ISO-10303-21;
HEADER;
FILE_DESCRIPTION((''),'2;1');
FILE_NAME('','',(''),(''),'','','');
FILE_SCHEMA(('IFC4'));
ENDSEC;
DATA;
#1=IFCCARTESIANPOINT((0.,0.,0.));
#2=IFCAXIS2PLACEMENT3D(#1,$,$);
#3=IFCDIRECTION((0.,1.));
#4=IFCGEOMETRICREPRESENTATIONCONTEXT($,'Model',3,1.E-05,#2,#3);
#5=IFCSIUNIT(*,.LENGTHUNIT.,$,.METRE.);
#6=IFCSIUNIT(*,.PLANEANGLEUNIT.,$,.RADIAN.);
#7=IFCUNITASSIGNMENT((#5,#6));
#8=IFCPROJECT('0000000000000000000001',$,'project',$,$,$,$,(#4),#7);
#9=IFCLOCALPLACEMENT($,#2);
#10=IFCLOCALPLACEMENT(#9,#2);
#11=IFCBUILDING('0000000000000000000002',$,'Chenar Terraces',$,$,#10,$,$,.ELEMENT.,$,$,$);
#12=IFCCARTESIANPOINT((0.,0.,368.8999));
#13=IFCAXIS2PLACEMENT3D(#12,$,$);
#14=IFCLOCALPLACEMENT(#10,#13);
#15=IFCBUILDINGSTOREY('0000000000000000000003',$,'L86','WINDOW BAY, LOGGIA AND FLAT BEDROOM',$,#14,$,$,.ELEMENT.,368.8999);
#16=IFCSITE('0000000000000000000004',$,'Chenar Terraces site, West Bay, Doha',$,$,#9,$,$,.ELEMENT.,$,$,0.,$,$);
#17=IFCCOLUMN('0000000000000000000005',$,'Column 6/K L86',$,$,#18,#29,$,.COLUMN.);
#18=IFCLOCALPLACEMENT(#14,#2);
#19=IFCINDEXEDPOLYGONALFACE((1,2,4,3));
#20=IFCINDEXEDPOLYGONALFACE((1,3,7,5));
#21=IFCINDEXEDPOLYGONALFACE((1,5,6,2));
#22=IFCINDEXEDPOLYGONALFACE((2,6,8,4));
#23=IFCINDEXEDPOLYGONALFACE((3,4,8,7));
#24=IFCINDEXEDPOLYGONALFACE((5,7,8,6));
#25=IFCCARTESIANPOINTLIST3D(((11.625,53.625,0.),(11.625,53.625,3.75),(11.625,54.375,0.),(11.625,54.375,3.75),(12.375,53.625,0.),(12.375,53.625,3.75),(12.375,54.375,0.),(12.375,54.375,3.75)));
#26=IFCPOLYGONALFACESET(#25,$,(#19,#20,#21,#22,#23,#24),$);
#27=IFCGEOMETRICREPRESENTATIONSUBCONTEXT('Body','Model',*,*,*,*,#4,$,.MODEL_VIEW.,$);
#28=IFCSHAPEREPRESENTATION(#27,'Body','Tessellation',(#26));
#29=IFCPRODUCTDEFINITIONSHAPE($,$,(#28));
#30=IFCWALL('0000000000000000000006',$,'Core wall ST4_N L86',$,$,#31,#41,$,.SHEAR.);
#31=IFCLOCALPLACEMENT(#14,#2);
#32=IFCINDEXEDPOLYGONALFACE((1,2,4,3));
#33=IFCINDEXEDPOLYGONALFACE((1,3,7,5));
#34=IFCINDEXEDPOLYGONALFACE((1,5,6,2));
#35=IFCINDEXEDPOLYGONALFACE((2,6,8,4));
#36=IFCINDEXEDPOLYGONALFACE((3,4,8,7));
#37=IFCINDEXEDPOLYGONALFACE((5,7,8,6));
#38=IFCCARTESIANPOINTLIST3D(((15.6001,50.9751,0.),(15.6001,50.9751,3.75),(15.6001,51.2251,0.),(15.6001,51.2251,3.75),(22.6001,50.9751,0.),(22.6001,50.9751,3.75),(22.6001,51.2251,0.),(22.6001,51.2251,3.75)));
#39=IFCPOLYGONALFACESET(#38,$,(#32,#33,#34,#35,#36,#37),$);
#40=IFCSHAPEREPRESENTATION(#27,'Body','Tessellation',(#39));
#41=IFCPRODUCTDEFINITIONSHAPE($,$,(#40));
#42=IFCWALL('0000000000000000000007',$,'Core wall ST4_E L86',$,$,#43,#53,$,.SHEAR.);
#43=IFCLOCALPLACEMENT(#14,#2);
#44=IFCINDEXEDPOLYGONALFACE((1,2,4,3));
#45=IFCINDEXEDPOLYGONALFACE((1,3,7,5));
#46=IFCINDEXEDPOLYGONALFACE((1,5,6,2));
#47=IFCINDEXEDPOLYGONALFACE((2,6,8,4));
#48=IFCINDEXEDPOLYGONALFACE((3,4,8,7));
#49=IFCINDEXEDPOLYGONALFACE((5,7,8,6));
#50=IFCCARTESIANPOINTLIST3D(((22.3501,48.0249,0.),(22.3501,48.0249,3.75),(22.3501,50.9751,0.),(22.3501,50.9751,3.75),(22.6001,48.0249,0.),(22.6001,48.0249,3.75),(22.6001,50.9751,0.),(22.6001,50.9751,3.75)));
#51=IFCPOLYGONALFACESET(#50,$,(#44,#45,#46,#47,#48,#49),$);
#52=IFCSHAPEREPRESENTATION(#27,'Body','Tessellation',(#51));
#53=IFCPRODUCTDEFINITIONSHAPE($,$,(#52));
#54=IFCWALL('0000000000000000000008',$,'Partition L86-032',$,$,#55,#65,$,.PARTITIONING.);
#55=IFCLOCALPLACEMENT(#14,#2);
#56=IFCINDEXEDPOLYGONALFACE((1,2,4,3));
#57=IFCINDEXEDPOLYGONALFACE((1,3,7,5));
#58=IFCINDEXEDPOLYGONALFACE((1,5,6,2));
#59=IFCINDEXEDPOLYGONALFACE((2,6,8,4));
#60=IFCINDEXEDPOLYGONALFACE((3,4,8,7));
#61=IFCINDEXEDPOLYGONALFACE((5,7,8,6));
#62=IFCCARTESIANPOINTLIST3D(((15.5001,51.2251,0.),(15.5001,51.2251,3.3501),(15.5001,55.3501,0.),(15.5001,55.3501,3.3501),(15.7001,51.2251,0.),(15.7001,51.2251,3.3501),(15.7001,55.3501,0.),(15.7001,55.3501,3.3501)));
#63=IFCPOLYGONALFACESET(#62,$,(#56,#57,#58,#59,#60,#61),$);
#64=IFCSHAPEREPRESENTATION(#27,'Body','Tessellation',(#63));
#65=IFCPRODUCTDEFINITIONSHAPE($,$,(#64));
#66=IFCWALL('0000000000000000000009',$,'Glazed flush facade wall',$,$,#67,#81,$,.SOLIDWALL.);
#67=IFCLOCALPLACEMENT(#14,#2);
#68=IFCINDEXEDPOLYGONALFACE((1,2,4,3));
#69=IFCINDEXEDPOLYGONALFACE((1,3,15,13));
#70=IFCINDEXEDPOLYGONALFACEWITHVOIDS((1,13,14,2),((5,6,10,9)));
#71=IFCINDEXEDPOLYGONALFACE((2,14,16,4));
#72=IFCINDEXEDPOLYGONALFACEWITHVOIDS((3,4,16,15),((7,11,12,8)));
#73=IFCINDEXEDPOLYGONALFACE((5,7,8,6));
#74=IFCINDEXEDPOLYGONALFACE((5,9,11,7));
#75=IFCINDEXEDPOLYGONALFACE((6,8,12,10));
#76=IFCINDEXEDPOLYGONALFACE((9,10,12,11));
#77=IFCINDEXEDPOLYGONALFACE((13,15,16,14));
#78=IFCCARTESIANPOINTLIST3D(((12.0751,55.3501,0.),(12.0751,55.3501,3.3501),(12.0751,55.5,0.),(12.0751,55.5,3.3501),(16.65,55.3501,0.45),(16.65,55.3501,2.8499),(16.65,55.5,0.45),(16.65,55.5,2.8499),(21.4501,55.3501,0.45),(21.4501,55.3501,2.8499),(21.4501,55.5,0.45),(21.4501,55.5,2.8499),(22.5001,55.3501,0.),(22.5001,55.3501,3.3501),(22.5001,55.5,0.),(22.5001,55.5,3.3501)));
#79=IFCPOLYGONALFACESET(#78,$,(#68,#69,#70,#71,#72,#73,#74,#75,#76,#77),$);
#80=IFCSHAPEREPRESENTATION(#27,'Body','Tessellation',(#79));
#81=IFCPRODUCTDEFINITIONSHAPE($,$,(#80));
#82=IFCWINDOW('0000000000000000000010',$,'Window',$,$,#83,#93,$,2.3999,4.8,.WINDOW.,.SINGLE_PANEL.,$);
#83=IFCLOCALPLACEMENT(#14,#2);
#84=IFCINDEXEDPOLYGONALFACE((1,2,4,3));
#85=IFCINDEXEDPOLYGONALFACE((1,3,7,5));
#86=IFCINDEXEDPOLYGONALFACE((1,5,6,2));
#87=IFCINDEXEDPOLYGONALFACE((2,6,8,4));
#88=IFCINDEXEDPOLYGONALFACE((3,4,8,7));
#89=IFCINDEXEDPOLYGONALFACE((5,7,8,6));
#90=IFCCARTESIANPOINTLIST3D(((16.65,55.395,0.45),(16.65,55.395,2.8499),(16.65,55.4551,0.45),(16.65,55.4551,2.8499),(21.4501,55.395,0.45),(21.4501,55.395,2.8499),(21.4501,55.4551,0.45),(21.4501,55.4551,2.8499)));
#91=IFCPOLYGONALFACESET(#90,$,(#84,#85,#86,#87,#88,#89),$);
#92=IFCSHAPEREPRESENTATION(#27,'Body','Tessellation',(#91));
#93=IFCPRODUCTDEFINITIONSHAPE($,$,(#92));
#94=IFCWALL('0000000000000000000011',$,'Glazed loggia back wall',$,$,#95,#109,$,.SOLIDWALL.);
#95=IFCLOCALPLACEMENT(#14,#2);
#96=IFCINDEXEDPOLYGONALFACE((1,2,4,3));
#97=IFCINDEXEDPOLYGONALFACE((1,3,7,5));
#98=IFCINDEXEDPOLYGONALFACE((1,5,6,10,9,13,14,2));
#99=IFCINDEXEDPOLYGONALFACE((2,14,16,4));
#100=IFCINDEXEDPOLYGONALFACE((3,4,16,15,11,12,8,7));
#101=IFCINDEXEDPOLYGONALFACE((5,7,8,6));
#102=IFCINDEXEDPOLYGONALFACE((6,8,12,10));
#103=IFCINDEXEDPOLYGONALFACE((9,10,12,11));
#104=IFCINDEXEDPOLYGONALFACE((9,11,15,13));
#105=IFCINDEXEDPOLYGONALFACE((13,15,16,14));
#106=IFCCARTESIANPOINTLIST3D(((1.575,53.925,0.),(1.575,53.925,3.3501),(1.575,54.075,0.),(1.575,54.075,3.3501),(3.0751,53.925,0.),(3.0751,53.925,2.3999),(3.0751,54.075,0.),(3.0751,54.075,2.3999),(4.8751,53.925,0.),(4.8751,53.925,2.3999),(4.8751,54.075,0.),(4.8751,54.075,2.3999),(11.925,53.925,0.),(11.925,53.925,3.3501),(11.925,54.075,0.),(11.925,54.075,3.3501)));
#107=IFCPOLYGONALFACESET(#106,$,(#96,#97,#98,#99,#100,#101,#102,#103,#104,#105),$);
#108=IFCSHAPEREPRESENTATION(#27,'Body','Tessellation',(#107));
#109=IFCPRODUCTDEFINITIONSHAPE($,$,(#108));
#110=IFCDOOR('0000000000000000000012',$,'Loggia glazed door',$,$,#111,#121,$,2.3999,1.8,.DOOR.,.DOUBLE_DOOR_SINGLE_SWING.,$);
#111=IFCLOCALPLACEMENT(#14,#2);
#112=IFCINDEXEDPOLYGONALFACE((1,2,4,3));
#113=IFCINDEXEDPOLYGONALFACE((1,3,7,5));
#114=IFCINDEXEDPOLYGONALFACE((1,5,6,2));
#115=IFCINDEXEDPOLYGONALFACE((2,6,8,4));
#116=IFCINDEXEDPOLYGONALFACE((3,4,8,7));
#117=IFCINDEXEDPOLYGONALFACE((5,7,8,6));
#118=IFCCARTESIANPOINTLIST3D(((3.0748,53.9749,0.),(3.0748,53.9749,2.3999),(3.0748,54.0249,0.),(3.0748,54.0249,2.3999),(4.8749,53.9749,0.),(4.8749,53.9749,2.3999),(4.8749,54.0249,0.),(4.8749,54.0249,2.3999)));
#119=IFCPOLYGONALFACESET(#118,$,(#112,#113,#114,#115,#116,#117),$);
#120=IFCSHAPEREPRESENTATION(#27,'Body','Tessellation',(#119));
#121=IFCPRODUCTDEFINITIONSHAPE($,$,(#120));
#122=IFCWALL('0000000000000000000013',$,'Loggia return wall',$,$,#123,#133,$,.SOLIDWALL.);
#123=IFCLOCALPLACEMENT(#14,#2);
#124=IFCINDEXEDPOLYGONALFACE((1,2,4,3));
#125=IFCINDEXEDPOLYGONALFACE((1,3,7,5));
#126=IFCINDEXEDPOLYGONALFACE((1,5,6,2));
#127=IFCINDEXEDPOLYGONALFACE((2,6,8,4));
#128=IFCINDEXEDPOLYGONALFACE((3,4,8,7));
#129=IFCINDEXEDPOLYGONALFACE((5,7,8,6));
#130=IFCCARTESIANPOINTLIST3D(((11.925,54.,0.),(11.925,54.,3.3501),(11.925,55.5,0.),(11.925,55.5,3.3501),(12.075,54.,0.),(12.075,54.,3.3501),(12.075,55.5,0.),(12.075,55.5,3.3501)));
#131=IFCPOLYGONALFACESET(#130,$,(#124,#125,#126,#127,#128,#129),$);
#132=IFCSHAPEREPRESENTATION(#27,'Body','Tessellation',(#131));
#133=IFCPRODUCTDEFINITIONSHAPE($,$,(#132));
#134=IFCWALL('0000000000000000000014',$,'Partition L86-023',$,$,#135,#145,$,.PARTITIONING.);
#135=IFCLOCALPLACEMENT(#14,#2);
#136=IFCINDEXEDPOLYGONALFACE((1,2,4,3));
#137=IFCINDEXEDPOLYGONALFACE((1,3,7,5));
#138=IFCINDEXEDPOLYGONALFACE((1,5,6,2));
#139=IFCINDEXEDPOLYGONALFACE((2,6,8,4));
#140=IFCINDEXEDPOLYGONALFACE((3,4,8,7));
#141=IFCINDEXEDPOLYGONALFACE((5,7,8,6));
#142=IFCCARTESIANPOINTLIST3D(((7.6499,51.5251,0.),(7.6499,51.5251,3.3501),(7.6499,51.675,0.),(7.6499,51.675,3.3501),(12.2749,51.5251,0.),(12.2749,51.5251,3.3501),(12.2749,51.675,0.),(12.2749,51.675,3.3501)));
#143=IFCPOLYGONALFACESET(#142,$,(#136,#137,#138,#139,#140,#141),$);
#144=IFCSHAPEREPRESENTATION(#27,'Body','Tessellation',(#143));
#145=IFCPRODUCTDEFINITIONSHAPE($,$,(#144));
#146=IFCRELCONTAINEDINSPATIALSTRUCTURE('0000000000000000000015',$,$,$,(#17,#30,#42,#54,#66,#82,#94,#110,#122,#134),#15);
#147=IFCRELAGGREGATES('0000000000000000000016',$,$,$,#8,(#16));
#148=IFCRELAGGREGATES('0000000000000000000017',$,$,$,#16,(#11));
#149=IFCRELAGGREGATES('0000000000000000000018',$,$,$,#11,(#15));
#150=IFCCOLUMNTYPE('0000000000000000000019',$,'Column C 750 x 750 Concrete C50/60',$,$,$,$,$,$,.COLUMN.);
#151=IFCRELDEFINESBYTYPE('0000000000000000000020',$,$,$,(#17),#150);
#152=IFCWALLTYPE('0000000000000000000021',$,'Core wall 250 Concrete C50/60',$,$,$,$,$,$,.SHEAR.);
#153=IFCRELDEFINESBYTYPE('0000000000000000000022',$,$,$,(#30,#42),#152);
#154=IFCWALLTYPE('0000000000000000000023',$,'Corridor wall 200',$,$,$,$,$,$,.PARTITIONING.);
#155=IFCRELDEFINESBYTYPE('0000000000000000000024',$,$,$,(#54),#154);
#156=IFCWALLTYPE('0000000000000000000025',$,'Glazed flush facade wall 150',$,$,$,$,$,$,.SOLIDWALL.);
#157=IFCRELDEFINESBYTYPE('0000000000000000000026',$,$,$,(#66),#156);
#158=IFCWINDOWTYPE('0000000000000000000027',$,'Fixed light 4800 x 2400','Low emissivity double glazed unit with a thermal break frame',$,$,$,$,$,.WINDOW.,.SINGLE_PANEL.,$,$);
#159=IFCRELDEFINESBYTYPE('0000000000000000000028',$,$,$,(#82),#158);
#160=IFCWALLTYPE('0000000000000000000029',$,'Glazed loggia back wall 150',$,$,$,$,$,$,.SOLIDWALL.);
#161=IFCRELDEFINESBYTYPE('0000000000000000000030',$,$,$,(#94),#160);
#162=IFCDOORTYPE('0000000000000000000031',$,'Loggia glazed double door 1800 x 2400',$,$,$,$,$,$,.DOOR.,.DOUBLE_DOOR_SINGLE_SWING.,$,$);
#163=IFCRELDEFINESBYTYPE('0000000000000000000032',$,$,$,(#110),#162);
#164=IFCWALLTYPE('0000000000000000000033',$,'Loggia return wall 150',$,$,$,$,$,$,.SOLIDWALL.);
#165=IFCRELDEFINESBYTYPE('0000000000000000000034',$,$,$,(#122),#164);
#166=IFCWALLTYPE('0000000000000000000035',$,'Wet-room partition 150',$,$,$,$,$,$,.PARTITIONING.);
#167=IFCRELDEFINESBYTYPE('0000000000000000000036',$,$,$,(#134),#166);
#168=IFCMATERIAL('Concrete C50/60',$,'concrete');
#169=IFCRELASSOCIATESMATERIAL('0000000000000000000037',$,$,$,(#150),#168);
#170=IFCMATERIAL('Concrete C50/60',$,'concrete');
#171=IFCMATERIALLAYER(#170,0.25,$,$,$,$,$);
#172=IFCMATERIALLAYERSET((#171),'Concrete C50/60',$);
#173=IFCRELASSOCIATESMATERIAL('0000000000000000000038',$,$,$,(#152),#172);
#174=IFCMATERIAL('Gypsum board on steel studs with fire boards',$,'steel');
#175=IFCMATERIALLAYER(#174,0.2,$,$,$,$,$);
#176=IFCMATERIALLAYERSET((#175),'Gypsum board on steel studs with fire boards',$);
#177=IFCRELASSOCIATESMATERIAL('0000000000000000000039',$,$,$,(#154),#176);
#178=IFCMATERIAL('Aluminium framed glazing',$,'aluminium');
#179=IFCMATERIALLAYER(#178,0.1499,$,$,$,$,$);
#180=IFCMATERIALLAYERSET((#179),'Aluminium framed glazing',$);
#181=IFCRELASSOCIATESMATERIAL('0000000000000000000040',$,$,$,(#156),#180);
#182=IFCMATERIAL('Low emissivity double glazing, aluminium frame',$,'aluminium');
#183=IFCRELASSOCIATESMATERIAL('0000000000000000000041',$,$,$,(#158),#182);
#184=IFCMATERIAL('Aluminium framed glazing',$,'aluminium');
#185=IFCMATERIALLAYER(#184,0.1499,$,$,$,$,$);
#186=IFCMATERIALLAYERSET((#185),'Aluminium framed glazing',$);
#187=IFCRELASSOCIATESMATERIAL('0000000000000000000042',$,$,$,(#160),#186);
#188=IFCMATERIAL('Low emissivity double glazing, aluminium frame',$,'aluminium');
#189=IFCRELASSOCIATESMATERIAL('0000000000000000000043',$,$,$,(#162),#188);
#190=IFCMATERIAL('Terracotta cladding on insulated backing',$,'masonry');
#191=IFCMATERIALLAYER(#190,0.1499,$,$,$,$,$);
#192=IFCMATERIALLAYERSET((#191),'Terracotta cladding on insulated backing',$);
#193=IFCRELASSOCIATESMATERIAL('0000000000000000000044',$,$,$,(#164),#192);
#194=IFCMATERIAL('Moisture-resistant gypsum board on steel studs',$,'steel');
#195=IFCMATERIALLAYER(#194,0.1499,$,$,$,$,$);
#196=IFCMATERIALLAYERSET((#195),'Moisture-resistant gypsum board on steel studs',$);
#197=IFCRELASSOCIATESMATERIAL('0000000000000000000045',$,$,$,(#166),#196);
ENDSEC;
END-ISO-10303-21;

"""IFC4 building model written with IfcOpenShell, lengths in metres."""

from ifc_helpers import new_model, si_unit, direction, frame, frame_2d, origin, origin_2d, place, context, subcontext, project, spatial, rectangle, extrude, material, layer, layer_set, material_profile, profile_set, type_object, element, fill, save


model = new_model("IFC4")

# Units and contexts
model_context = context("Model", 3, precision=1e-05, world=origin(), true_north=direction((0.0, 1.0)))
body_context = subcontext(model_context, "Body", "Model", "MODEL_VIEW")
ifc_project = project(units=[si_unit("LENGTHUNIT", "METRE"), si_unit("PLANEANGLEUNIT", "RADIAN")], contexts=[model_context])

# Site, building, storey
site_placement = place(None, origin())
site = spatial("IfcSite", under=ifc_project, at=site_placement, Name="Chenar Terraces site, West Bay, Doha", CompositionType="ELEMENT", RefElevation=0.0)
building_placement = place(site_placement, origin())
building = spatial("IfcBuilding", under=site, at=building_placement, Name="Chenar Terraces", CompositionType="ELEMENT")
storey_placement = place(building_placement, frame((0.0, 0.0, 368.8999)))
storey = spatial("IfcBuildingStorey", under=building, at=storey_placement, Name="L86", Description="WINDOW BAY, LOGGIA AND FLAT BEDROOM", CompositionType="ELEMENT", Elevation=368.8999)

# Column
ifc_material_1 = material(Name="Concrete C50/60", Category="concrete")
ifc_material_profile_1 = material_profile(ifc_material_1, rectangle(XDim=0.75, YDim=0.75, at=origin_2d()), Name="C 750 x 750")
ifc_profile_set_1 = profile_set([ifc_material_profile_1], Name="Concrete C50/60")
column_type = type_object("IfcColumnType", Name="Column C 750 x 750 Concrete C50/60", PredefinedType="COLUMN", material=ifc_profile_set_1)
column_placement = place(storey_placement, frame((12.0, 54.0, 0.0), z_axis=(0.0, 0.0, 1.0), x_axis=(1.0, 0.0, 0.0)))
element("IfcColumn", 1, at=column_placement, inside=storey, type_object=column_type, Name="Column 6/K L86", PredefinedType="COLUMN", context=body_context, shape_type="SweptSolid", body=[
    extrude(rectangle(XDim=0.75, YDim=0.75, at=origin_2d()), origin(), (0.0, 0.0, 1.0), 3.75),
])

# Walls
ifc_material_2 = material(Name="Concrete C50/60", Category="concrete")
ifc_layer_1 = layer(ifc_material_2, 0.25)
ifc_layer_set_1 = layer_set([ifc_layer_1], Name="Concrete C50/60")
wall_type_1 = type_object("IfcWallType", Name="Core wall 250 Concrete C50/60", PredefinedType="SHEAR", material=ifc_layer_set_1)
wall_1_placement = place(storey_placement, frame((15.6001, 51.1001, 0.0), z_axis=(0.0, 0.0, 1.0), x_axis=(1.0, 0.0, 0.0)))
element("IfcWall", 2, at=wall_1_placement, inside=storey, type_object=wall_type_1, Name="Core wall ST4_N L86", PredefinedType="SHEAR", context=body_context, shape_type="SweptSolid", body=[
    extrude(rectangle(XDim=7.0, YDim=0.25, at=frame_2d((3.5, 0.0))), origin(), (0.0, 0.0, 1.0), 3.75),
])
wall_2_placement = place(storey_placement, frame((22.4751, 48.0249, 0.0), z_axis=(0.0, 0.0, 1.0), x_axis=(0.0, 1.0, 0.0)))
element("IfcWall", 3, at=wall_2_placement, inside=storey, type_object=wall_type_1, Name="Core wall ST4_E L86", PredefinedType="SHEAR", context=body_context, shape_type="SweptSolid", body=[
    extrude(rectangle(XDim=2.9502, YDim=0.25, at=frame_2d((1.4751, 0.0))), origin(), (0.0, 0.0, 1.0), 3.75),
])
ifc_material_3 = material(Name="Gypsum board on steel studs with fire boards", Category="steel")
ifc_layer_2 = layer(ifc_material_3, 0.2)
ifc_layer_set_2 = layer_set([ifc_layer_2], Name="Gypsum board on steel studs with fire boards")
wall_type_2 = type_object("IfcWallType", Name="Corridor wall 200", PredefinedType="PARTITIONING", material=ifc_layer_set_2)
wall_3_placement = place(storey_placement, frame((15.6001, 51.2251, 0.0), z_axis=(0.0, 0.0, 1.0), x_axis=(0.0, 1.0, 0.0)))
element("IfcWall", 4, at=wall_3_placement, inside=storey, type_object=wall_type_2, Name="Partition L86-032", PredefinedType="PARTITIONING", context=body_context, shape_type="SweptSolid", body=[
    extrude(rectangle(XDim=4.125, YDim=0.2, at=frame_2d((2.0625, 0.0))), origin(), (0.0, 0.0, 1.0), 3.3501),
])

# Wall, opening, window
ifc_material_4 = material(Name="Aluminium framed glazing", Category="aluminium")
ifc_layer_3 = layer(ifc_material_4, 0.1499)
ifc_layer_set_3 = layer_set([ifc_layer_3], Name="Aluminium framed glazing")
wall_type_3 = type_object("IfcWallType", Name="Glazed flush facade wall 150", PredefinedType="SOLIDWALL", material=ifc_layer_set_3)
wall_4_placement = place(storey_placement, frame((22.5, 55.425, 0.0), z_axis=(0.0, 0.0, 1.0), x_axis=(-1.0, 0.0, 0.0)))
wall_4 = element("IfcWall", 5, at=wall_4_placement, inside=storey, type_object=wall_type_3, Name="Glazed flush facade wall", PredefinedType="SOLIDWALL", context=body_context, shape_type="SweptSolid", body=[
    extrude(rectangle(XDim=10.425, YDim=0.1499, at=frame_2d((5.2124, 0.0))), origin(), (0.0, 0.0, 1.0), 3.3501),
])
opening_1_placement = place(wall_4_placement, frame((1.05, 0.0, 0.45)))
opening_1 = element("IfcOpeningElement", 6, at=opening_1_placement, cuts=wall_4, PredefinedType="OPENING", context=body_context, shape_type="SweptSolid", body=[
    extrude(rectangle(XDim=4.8, YDim=2.3999, at=frame_2d((2.3999, 1.2))), frame((0.0, 0.085, 0.0), z_axis=(0.0, -1.0, 0.0), x_axis=(1.0, 0.0, 0.0)), (0.0, 0.0, 1.0), 0.1699),
])
ifc_material_5 = material(Name="Low emissivity double glazing, aluminium frame", Category="aluminium")
window_type = type_object("IfcWindowType", Name="Fixed light 4800 x 2400", Description="Low emissivity double glazed unit with a thermal break frame", PartitioningType="SINGLE_PANEL", PredefinedType="WINDOW", material=ifc_material_5)
window_placement = place(opening_1_placement, origin())
window = element("IfcWindow", 7, at=window_placement, inside=storey, type_object=window_type, Name="Window", OverallHeight=2.3999, OverallWidth=4.8, PartitioningType="SINGLE_PANEL", PredefinedType="WINDOW", context=body_context, shape_type="SweptSolid", body=[
    extrude(rectangle(XDim=4.8, YDim=2.3999, at=frame_2d((2.3999, 1.2))), frame((0.0, 0.03, 0.0), z_axis=(0.0, -1.0, 0.0), x_axis=(1.0, 0.0, 0.0)), (0.0, 0.0, 1.0), 0.0601),
])
fill(opening_1, window)

# Wall, opening, door
ifc_material_6 = material(Name="Aluminium framed glazing", Category="aluminium")
ifc_layer_4 = layer(ifc_material_6, 0.1499)
ifc_layer_set_4 = layer_set([ifc_layer_4], Name="Aluminium framed glazing")
wall_type_4 = type_object("IfcWallType", Name="Glazed loggia back wall 150", PredefinedType="SOLIDWALL", material=ifc_layer_set_4)
wall_5_placement = place(storey_placement, frame((11.925, 54.0, 0.0), z_axis=(0.0, 0.0, 1.0), x_axis=(-1.0, 0.0, 0.0)))
wall_5 = element("IfcWall", 8, at=wall_5_placement, inside=storey, type_object=wall_type_4, Name="Glazed loggia back wall", PredefinedType="SOLIDWALL", context=body_context, shape_type="SweptSolid", body=[
    extrude(rectangle(XDim=10.3501, YDim=0.1499, at=frame_2d((5.175, 0.0))), origin(), (0.0, 0.0, 1.0), 3.3501),
])
opening_2_placement = place(wall_5_placement, frame((7.05, 0.0, 0.0)))
opening_2 = element("IfcOpeningElement", 9, at=opening_2_placement, cuts=wall_5, PredefinedType="OPENING", context=body_context, shape_type="SweptSolid", body=[
    extrude(rectangle(XDim=1.8, YDim=2.3999, at=frame_2d((0.8999, 1.2))), frame((0.0, 0.085, 0.0), z_axis=(0.0, -1.0, 0.0), x_axis=(1.0, 0.0, 0.0)), (0.0, 0.0, 1.0), 0.1699),
])
ifc_material_7 = material(Name="Low emissivity double glazing, aluminium frame", Category="aluminium")
door_type = type_object("IfcDoorType", Name="Loggia glazed double door 1800 x 2400", OperationType="DOUBLE_DOOR_SINGLE_SWING", PredefinedType="DOOR", material=ifc_material_7)
door_placement = place(opening_2_placement, frame((1.8, 0.0, 0.0), z_axis=(0.0, 0.0, 1.0), x_axis=(-1.0, 0.0, 0.0)))
door = element("IfcDoor", 10, at=door_placement, inside=storey, type_object=door_type, Name="Loggia glazed door", OperationType="DOUBLE_DOOR_SINGLE_SWING", OverallHeight=2.3999, OverallWidth=1.8, PredefinedType="DOOR", context=body_context, shape_type="SweptSolid", body=[
    extrude(rectangle(XDim=1.8, YDim=2.3999, at=frame_2d((0.8999, 1.2))), frame((0.0, 0.0249, 0.0), z_axis=(0.0, -1.0, 0.0), x_axis=(1.0, 0.0, 0.0)), (0.0, 0.0, 1.0), 0.05),
])
fill(opening_2, door)

# Walls
ifc_material_8 = material(Name="Terracotta cladding on insulated backing", Category="masonry")
ifc_layer_5 = layer(ifc_material_8, 0.1499)
ifc_layer_set_5 = layer_set([ifc_layer_5], Name="Terracotta cladding on insulated backing")
wall_type_5 = type_object("IfcWallType", Name="Loggia return wall 150", PredefinedType="SOLIDWALL", material=ifc_layer_set_5)
wall_6_placement = place(storey_placement, frame((12.0, 55.5, 0.0), z_axis=(0.0, 0.0, 1.0), x_axis=(0.0, -1.0, 0.0)))
element("IfcWall", 11, at=wall_6_placement, inside=storey, type_object=wall_type_5, Name="Loggia return wall", PredefinedType="SOLIDWALL", context=body_context, shape_type="SweptSolid", body=[
    extrude(rectangle(XDim=1.5, YDim=0.1499, at=frame_2d((0.75, 0.0))), origin(), (0.0, 0.0, 1.0), 3.3501),
])
ifc_material_9 = material(Name="Moisture-resistant gypsum board on steel studs", Category="steel")
ifc_layer_6 = layer(ifc_material_9, 0.1499)
ifc_layer_set_6 = layer_set([ifc_layer_6], Name="Moisture-resistant gypsum board on steel studs")
wall_type_6 = type_object("IfcWallType", Name="Wet-room partition 150", PredefinedType="PARTITIONING", material=ifc_layer_set_6)
wall_7_placement = place(storey_placement, frame((7.6499, 51.6001, 0.0), z_axis=(0.0, 0.0, 1.0), x_axis=(1.0, 0.0, 0.0)))
element("IfcWall", 12, at=wall_7_placement, inside=storey, type_object=wall_type_6, Name="Partition L86-023", PredefinedType="PARTITIONING", context=body_context, shape_type="SweptSolid", body=[
    extrude(rectangle(XDim=4.625, YDim=0.1499, at=frame_2d((2.3125, 0.0))), origin(), (0.0, 0.0, 1.0), 3.3501),
])

save(model, "model.ifc")
